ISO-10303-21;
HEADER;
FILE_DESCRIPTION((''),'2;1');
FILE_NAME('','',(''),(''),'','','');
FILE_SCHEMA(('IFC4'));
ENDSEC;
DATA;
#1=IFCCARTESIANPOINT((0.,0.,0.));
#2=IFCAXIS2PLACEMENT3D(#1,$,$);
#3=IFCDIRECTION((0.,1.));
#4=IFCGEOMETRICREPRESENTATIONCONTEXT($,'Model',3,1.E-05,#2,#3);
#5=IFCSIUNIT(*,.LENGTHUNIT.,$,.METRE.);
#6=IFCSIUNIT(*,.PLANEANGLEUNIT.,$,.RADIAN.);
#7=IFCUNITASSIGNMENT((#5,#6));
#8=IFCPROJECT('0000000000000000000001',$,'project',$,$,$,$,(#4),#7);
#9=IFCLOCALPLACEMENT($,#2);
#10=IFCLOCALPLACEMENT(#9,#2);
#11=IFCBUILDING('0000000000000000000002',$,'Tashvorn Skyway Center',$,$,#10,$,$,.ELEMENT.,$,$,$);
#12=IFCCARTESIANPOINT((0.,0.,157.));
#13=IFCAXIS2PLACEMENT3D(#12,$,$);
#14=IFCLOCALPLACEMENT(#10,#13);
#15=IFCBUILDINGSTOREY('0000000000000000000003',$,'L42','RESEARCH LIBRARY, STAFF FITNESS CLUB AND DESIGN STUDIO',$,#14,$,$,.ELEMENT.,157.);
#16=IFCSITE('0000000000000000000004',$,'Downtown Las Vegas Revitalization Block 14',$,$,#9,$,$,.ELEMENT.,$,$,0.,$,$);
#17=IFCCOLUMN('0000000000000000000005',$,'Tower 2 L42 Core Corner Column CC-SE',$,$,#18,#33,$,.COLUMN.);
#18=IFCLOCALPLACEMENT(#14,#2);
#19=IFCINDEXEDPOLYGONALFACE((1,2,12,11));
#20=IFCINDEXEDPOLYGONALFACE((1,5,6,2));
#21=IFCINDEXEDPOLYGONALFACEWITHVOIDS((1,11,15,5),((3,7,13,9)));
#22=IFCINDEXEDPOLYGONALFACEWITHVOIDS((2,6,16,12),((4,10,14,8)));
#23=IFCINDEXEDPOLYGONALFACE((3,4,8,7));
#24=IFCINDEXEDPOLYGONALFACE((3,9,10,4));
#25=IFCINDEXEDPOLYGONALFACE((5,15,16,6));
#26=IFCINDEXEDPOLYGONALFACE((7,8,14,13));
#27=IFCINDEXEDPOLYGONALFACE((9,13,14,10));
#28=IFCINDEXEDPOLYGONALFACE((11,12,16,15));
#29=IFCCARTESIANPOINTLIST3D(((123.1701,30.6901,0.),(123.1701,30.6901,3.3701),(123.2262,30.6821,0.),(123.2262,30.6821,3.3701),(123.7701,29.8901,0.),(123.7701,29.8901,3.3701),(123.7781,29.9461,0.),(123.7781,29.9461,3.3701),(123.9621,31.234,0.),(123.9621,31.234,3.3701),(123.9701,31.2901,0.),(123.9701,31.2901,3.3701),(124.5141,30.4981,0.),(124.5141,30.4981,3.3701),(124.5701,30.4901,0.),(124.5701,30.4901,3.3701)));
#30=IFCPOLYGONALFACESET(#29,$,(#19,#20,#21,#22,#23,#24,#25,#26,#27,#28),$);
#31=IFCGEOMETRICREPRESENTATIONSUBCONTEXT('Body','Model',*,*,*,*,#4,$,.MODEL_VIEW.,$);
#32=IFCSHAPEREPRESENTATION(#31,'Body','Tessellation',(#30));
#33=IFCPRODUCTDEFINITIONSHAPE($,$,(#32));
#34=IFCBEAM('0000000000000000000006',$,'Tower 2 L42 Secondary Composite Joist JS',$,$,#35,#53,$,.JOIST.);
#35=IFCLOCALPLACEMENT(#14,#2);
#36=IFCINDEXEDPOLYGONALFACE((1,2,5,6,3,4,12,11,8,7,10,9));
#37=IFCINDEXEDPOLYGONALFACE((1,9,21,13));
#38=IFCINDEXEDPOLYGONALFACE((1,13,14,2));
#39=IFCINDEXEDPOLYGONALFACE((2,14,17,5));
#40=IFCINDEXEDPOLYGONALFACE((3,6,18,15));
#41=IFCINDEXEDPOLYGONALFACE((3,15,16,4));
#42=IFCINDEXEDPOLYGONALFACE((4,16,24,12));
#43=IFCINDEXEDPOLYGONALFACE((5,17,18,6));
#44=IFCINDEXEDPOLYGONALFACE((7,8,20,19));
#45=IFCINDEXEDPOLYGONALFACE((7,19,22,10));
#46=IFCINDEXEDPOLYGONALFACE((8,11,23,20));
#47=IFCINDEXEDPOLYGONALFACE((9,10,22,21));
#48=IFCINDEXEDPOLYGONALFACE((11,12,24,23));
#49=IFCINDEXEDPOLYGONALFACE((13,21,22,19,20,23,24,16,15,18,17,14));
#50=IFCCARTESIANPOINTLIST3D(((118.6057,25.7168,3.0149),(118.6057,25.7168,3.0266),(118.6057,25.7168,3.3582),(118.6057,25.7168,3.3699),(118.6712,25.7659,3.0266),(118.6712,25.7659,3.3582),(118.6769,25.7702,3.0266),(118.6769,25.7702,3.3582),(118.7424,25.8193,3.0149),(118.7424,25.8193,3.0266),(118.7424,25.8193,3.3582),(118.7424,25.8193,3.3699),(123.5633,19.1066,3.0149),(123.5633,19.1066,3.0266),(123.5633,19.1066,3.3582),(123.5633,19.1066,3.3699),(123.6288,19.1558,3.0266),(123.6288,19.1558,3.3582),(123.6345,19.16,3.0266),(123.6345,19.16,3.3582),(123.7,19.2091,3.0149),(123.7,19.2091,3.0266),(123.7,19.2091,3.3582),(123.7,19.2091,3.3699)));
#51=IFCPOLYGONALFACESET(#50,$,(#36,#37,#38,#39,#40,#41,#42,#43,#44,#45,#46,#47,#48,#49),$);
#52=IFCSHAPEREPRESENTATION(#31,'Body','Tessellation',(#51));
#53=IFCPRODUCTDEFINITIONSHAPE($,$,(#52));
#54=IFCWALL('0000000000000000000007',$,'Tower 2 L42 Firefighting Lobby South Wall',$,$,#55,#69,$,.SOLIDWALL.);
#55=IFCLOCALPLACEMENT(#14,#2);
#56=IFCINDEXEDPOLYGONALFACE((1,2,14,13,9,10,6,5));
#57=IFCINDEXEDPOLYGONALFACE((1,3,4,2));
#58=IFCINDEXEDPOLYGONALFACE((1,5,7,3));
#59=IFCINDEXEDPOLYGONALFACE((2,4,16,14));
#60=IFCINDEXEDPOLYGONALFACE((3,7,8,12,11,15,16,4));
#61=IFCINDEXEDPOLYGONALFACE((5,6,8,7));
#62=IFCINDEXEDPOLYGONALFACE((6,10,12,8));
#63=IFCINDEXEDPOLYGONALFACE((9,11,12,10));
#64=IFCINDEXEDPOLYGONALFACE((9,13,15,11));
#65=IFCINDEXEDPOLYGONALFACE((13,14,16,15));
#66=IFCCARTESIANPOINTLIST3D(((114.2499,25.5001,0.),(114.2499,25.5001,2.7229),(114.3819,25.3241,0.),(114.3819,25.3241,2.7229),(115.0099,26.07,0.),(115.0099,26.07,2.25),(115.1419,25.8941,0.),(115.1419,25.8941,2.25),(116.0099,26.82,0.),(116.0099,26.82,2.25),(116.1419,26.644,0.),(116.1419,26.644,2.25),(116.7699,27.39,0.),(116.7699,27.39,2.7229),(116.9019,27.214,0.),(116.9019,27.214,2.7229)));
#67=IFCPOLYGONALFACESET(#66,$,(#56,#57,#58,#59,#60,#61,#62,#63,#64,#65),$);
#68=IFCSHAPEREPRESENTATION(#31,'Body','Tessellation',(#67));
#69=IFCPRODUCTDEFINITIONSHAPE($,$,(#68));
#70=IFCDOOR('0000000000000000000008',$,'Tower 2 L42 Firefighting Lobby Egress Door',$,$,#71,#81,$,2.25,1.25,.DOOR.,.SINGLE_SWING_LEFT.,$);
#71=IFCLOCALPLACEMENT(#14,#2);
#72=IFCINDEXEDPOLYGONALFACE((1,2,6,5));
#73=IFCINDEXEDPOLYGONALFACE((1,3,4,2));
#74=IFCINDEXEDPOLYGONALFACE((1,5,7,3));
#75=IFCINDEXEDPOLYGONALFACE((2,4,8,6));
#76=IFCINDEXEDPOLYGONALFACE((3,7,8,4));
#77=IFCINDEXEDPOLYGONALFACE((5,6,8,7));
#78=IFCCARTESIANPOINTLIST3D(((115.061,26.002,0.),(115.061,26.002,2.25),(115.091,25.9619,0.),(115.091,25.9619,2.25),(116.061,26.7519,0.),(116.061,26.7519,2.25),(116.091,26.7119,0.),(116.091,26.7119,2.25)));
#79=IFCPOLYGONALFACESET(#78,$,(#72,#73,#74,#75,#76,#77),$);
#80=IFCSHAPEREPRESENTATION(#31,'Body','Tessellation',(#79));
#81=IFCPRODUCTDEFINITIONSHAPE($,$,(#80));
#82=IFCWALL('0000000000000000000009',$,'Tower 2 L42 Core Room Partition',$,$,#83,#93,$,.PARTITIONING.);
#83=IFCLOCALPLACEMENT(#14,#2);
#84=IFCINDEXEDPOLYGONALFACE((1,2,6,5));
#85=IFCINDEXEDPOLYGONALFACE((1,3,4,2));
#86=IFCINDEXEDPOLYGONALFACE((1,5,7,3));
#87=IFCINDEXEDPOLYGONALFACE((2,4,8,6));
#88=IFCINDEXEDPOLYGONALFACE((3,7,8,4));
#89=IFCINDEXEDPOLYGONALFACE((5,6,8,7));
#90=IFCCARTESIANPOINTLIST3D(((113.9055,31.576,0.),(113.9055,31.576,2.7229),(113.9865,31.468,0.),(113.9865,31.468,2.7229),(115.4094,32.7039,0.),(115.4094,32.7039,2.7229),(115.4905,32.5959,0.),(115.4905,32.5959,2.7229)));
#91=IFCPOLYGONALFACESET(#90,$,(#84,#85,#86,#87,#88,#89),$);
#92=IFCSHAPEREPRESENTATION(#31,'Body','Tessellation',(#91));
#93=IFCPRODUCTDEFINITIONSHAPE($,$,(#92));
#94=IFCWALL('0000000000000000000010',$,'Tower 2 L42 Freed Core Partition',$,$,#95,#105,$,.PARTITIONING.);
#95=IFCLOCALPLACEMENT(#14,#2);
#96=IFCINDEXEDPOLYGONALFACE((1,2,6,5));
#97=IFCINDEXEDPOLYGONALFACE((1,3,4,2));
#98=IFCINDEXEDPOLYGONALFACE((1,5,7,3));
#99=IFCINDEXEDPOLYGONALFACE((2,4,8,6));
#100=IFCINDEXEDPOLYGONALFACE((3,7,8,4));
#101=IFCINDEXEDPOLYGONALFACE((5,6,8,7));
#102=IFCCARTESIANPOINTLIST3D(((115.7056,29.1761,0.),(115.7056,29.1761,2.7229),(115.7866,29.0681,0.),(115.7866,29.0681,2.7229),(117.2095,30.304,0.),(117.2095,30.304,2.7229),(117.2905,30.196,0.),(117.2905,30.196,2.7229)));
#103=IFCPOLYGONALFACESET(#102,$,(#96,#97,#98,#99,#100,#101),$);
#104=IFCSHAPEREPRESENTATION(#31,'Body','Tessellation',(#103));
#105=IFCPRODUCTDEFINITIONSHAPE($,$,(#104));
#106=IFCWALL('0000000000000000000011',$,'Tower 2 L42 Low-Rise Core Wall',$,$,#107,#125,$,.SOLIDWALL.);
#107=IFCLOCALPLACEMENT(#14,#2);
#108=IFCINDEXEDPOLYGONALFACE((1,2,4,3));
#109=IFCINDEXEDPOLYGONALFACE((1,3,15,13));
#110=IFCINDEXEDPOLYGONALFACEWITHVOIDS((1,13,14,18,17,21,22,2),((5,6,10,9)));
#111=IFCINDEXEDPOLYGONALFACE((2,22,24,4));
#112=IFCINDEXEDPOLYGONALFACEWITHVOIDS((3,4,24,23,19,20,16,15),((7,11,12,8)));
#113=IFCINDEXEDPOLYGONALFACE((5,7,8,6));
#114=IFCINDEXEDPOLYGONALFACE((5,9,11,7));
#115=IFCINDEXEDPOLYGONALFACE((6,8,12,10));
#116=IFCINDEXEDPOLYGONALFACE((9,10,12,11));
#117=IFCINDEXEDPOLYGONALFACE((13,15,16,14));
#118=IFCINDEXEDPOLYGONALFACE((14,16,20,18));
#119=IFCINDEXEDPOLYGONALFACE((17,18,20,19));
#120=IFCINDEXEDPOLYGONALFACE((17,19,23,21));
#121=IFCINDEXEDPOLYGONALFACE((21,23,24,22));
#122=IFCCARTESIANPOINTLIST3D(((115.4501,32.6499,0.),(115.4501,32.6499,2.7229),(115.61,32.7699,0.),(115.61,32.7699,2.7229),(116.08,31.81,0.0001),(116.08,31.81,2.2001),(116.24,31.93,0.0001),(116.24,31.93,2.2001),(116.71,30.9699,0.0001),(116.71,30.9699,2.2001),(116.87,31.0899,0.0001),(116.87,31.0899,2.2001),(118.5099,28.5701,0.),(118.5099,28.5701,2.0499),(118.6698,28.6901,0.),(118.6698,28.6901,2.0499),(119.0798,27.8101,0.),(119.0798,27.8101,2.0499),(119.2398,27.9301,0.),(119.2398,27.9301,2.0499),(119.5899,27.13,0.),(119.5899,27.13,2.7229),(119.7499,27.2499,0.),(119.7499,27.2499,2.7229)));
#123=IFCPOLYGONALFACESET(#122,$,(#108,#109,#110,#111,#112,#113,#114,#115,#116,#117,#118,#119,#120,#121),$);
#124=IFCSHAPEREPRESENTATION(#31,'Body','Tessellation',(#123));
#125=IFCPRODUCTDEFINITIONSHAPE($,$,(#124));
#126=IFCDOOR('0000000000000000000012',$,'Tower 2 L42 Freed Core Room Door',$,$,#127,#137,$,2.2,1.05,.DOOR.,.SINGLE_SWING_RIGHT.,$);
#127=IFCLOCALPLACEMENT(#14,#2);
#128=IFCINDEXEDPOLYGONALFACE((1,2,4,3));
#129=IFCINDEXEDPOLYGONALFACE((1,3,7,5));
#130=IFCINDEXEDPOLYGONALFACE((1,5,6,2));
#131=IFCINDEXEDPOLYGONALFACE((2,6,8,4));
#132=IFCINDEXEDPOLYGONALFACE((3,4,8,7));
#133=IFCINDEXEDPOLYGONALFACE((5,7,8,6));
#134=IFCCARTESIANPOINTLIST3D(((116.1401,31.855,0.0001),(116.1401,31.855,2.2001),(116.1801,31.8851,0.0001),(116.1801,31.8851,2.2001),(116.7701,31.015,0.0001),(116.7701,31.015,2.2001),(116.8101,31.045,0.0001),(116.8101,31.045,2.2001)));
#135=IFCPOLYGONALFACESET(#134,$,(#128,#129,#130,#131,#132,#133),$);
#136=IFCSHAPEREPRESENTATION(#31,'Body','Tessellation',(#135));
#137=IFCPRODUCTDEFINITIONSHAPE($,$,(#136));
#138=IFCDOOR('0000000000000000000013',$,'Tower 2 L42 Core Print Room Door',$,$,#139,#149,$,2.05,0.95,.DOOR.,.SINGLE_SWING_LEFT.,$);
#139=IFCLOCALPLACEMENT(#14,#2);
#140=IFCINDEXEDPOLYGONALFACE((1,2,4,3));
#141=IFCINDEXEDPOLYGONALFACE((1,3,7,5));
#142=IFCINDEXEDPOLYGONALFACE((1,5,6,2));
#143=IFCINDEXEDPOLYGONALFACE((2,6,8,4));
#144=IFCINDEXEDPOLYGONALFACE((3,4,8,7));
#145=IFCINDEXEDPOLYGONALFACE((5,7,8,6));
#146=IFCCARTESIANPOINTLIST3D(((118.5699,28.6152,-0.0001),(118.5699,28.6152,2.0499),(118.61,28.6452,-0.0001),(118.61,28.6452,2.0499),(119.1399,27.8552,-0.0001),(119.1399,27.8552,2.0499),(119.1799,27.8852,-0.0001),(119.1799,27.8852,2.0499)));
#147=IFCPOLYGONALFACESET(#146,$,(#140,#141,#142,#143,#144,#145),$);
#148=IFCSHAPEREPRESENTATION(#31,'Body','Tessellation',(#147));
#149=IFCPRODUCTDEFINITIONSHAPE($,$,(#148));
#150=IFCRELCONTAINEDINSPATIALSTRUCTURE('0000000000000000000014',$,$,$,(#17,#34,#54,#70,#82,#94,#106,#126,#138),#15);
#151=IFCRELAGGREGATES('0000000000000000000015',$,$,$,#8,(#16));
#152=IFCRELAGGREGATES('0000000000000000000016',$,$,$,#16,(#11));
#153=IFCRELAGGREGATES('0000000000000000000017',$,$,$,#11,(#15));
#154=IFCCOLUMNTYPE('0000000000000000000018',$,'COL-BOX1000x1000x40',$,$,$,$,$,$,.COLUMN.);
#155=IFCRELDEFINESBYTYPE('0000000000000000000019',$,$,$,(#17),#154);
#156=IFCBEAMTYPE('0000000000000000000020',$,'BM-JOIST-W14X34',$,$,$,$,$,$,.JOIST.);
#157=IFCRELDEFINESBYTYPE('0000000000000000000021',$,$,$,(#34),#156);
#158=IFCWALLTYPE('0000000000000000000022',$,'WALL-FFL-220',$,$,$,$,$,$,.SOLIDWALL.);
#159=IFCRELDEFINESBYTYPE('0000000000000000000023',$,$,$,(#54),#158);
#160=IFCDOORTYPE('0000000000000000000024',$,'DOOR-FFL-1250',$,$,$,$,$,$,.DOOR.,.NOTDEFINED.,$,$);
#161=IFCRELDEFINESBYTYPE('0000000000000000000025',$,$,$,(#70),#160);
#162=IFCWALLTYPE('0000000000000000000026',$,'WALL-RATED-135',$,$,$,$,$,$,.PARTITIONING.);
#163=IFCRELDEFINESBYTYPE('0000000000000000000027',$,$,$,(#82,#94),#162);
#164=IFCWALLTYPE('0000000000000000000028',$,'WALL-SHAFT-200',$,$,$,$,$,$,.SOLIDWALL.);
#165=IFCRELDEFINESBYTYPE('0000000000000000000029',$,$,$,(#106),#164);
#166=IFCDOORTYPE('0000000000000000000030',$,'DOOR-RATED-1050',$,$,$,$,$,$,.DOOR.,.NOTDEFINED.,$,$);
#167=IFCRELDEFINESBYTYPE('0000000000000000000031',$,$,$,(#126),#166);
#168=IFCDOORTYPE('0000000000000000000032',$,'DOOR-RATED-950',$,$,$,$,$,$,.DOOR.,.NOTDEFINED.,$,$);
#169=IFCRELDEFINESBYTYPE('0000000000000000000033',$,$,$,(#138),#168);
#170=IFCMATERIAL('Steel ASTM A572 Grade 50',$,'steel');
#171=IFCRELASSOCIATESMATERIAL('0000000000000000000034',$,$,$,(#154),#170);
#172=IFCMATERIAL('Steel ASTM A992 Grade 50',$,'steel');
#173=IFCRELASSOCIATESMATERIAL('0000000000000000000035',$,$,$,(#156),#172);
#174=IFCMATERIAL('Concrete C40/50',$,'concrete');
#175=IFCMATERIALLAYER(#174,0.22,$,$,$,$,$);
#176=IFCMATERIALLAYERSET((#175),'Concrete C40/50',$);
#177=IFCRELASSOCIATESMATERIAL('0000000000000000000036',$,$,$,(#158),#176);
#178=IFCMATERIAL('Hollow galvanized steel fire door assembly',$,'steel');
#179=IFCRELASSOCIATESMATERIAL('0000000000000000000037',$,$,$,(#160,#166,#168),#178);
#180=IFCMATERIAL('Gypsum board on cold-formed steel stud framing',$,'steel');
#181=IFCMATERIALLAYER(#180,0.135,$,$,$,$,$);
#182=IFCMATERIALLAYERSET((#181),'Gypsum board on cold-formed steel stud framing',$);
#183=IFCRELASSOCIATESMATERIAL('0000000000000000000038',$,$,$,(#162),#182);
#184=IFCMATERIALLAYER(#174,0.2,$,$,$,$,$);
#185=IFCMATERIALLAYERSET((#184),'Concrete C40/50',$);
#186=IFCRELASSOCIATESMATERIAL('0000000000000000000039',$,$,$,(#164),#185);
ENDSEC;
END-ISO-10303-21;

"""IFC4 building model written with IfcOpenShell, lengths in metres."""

from ifc_helpers import new_model, si_unit, direction, frame, frame_2d, origin, origin_2d, place, context, subcontext, project, spatial, rectangle, hollow_rectangle, i_section, extrude, material, layer, layer_set, material_profile, profile_set, type_object, element, fill, save


model = new_model("IFC4")

# Units and contexts
model_context = context("Model", 3, precision=1e-05, world=origin(), true_north=direction((0.0, 1.0)))
body_context = subcontext(model_context, "Body", "Model", "MODEL_VIEW")
ifc_project = project(units=[si_unit("LENGTHUNIT", "METRE"), si_unit("PLANEANGLEUNIT", "RADIAN")], contexts=[model_context])

# Site, building, storey
site_placement = place(None, origin())
site = spatial("IfcSite", under=ifc_project, at=site_placement, Name="Downtown Las Vegas Revitalization Block 14", CompositionType="ELEMENT", RefElevation=0.0)
building_placement = place(site_placement, origin())
building = spatial("IfcBuilding", under=site, at=building_placement, Name="Tashvorn Skyway Center", CompositionType="ELEMENT")
storey_placement = place(building_placement, frame((0.0, 0.0, 157.0)))
storey = spatial("IfcBuildingStorey", under=building, at=storey_placement, Name="L42", Description="RESEARCH LIBRARY, STAFF FITNESS CLUB AND DESIGN STUDIO", CompositionType="ELEMENT", Elevation=157.0)

# Column
ifc_material_1 = material(Name="Steel ASTM A572 Grade 50", Category="steel")
ifc_material_profile_1 = material_profile(ifc_material_1, hollow_rectangle(XDim=1.0, YDim=1.0, WallThickness=0.04, at=origin_2d()), Name="BOX1000x1000x40")
ifc_profile_set_1 = profile_set([ifc_material_profile_1], Name="Steel ASTM A572 Grade 50")
column_type = type_object("IfcColumnType", Name="COL-BOX1000x1000x40", PredefinedType="COLUMN", material=ifc_profile_set_1)
column_placement = place(storey_placement, frame((123.8701, 30.5901, 0.0), z_axis=(0.0, 0.0, 1.0), x_axis=(0.8, 0.6, 0.0)))
element("IfcColumn", 1, at=column_placement, inside=storey, type_object=column_type, Name="Tower 2 L42 Core Corner Column CC-SE", PredefinedType="COLUMN", context=body_context, shape_type="SweptSolid", body=[
    extrude(hollow_rectangle(XDim=1.0, YDim=1.0, WallThickness=0.04, at=origin_2d()), origin(), (0.0, 0.0, 1.0), 3.3701),
])

# Beam
ifc_material_2 = material(Name="Steel ASTM A992 Grade 50", Category="steel")
ifc_material_profile_2 = material_profile(ifc_material_2, i_section(OverallWidth=0.1709, OverallDepth=0.355, WebThickness=0.0071, FlangeThickness=0.0117, at=origin_2d()), Name="W14X34")
ifc_profile_set_2 = profile_set([ifc_material_profile_2], Name="Steel ASTM A992 Grade 50")
beam_type = type_object("IfcBeamType", Name="BM-JOIST-W14X34", PredefinedType="JOIST", material=ifc_profile_set_2)
beam_placement = place(storey_placement, frame((118.6741, 25.7681, 3.1924), z_axis=(0.599995, -0.800004, 0.0), x_axis=(0.800004, 0.599995, 0.0)))
element("IfcBeam", 2, at=beam_placement, inside=storey, type_object=beam_type, Name="Tower 2 L42 Secondary Composite Joist JS", PredefinedType="JOIST", context=body_context, shape_type="SweptSolid", body=[
    extrude(i_section(OverallWidth=0.1709, OverallDepth=0.355, WebThickness=0.0071, FlangeThickness=0.0117, at=origin_2d()), origin(), (0.0, 0.0, 1.0), 8.2627),
])

# Wall, opening, door
ifc_material_3 = material(Name="Concrete C40/50", Category="concrete")
ifc_layer_1 = layer(ifc_material_3, 0.22)
ifc_layer_set_1 = layer_set([ifc_layer_1], Name="Concrete C40/50")
wall_type_1 = type_object("IfcWallType", Name="WALL-FFL-220", PredefinedType="SOLIDWALL", material=ifc_layer_set_1)
wall_1_placement = place(storey_placement, frame((114.3159, 25.4121, 0.0), z_axis=(0.0, 0.0, 1.0), x_axis=(0.800019, 0.599975, 0.0)))
wall_1 = element("IfcWall", 3, at=wall_1_placement, inside=storey, type_object=wall_type_1, Name="Tower 2 L42 Firefighting Lobby South Wall", PredefinedType="SOLIDWALL", context=body_context, shape_type="SweptSolid", body=[
    extrude(rectangle(XDim=3.1499, YDim=0.22, at=frame_2d((1.575, 0.0))), origin(), (0.0, 0.0, 1.0), 2.7229),
])
opening_1_placement = place(wall_1_placement, frame((0.95, 0.0, 0.0)))
opening_1 = element("IfcOpeningElement", 4, at=opening_1_placement, cuts=wall_1, PredefinedType="OPENING", context=body_context, shape_type="SweptSolid", body=[
    extrude(rectangle(XDim=1.25, YDim=2.25, at=frame_2d((0.625, 1.125))), frame((0.0, 0.1199, 0.0), z_axis=(0.0, -1.0, 0.0), x_axis=(1.0, 0.0, 0.0)), (0.0, 0.0, 1.0), 0.24),
])
ifc_material_4 = material(Name="Hollow galvanized steel fire door assembly", Category="steel")
door_type_1 = type_object("IfcDoorType", Name="DOOR-FFL-1250", OperationType="NOTDEFINED", PredefinedType="DOOR", material=ifc_material_4)
door_1_placement = place(opening_1_placement, origin())
door_1 = element("IfcDoor", 5, at=door_1_placement, inside=storey, type_object=door_type_1, Name="Tower 2 L42 Firefighting Lobby Egress Door", OperationType="SINGLE_SWING_LEFT", OverallHeight=2.25, OverallWidth=1.25, PredefinedType="DOOR", context=body_context, shape_type="SweptSolid", body=[
    extrude(rectangle(XDim=1.25, YDim=2.25, at=frame_2d((0.625, 1.125))), frame((0.0, 0.0249, 0.0), z_axis=(0.0, -1.0, 0.0), x_axis=(1.0, 0.0, 0.0)), (0.0, 0.0, 1.0), 0.05),
])
fill(opening_1, door_1)

# Walls
ifc_material_5 = material(Name="Gypsum board on cold-formed steel stud framing", Category="steel")
ifc_layer_2 = layer(ifc_material_5, 0.135)
ifc_layer_set_2 = layer_set([ifc_layer_2], Name="Gypsum board on cold-formed steel stud framing")
wall_type_2 = type_object("IfcWallType", Name="WALL-RATED-135", PredefinedType="PARTITIONING", material=ifc_layer_set_2)
for number, where, z_axis, x_axis, name in (
    (6, (113.946, 31.522, 0.0), (0.0, 0.0, 1.0), (0.8, 0.6, 0.0), "Tower 2 L42 Core Room Partition"),
    (7, (115.7461, 29.1221, 0.0), (0.0, 0.0, 1.0), (0.8, 0.6, 0.0), "Tower 2 L42 Freed Core Partition"),
):
    element("IfcWall", number, at=place(storey_placement, frame(where, z_axis=z_axis, x_axis=x_axis)), inside=storey, type_object=wall_type_2, Name=name, PredefinedType="PARTITIONING", context=body_context, shape_type="SweptSolid", body=[
        extrude(rectangle(XDim=1.8799, YDim=0.135, at=frame_2d((0.9399, 0.0))), origin(), (0.0, 0.0, 1.0), 2.7229),
    ])

# Wall, openings, doors
ifc_layer_3 = layer(ifc_material_3, 0.2)
ifc_layer_set_3 = layer_set([ifc_layer_3], Name="Concrete C40/50")
wall_type_3 = type_object("IfcWallType", Name="WALL-SHAFT-200", PredefinedType="SOLIDWALL", material=ifc_layer_set_3)
wall_2_placement = place(storey_placement, frame((119.6699, 27.1899, 0.0), z_axis=(0.0, 0.0, 1.0), x_axis=(-0.599989, 0.800008, 0.0)))
wall_2 = element("IfcWall", 8, at=wall_2_placement, inside=storey, type_object=wall_type_3, Name="Tower 2 L42 Low-Rise Core Wall", PredefinedType="SOLIDWALL", context=body_context, shape_type="SweptSolid", body=[
    extrude(rectangle(XDim=6.8999, YDim=0.2, at=frame_2d((3.45, 0.0))), origin(), (0.0, 0.0, 1.0), 2.7229),
])
opening_2_placement = place(wall_2_placement, frame((0.8501, 0.0, 0.0)))
opening_2 = element("IfcOpeningElement", 9, at=opening_2_placement, cuts=wall_2, PredefinedType="OPENING", context=body_context, shape_type="SweptSolid", body=[
    extrude(rectangle(XDim=0.95, YDim=2.05, at=frame_2d((0.4751, 1.0249))), frame((0.0, 0.1099, 0.0), z_axis=(0.0, -1.0, 0.0), x_axis=(1.0, 0.0, 0.0)), (0.0, 0.0, 1.0), 0.22),
])
opening_3_placement = place(wall_2_placement, frame((4.8, 0.0, 0.0)))
opening_3 = element("IfcOpeningElement", 10, at=opening_3_placement, cuts=wall_2, PredefinedType="OPENING", context=body_context, shape_type="SweptSolid", body=[
    extrude(rectangle(XDim=1.05, YDim=2.2, at=frame_2d((0.5249, 1.1001))), frame((0.0, 0.1099, 0.0), z_axis=(0.0, -1.0, 0.0), x_axis=(1.0, 0.0, 0.0)), (0.0, 0.0, 1.0), 0.22),
])
door_type_2 = type_object("IfcDoorType", Name="DOOR-RATED-1050", OperationType="NOTDEFINED", PredefinedType="DOOR", material=ifc_material_4)
door_2_placement = place(opening_3_placement, origin())
door_2 = element("IfcDoor", 11, at=door_2_placement, inside=storey, type_object=door_type_2, Name="Tower 2 L42 Freed Core Room Door", OperationType="SINGLE_SWING_RIGHT", OverallHeight=2.2, OverallWidth=1.05, PredefinedType="DOOR", context=body_context, shape_type="SweptSolid", body=[
    extrude(rectangle(XDim=1.05, YDim=2.2, at=frame_2d((0.5249, 1.1001))), frame((0.0, 0.0249, 0.0), z_axis=(0.0, -1.0, 0.0), x_axis=(1.0, 0.0, 0.0)), (0.0, 0.0, 1.0), 0.05),
])
fill(opening_3, door_2)
door_type_3 = type_object("IfcDoorType", Name="DOOR-RATED-950", OperationType="NOTDEFINED", PredefinedType="DOOR", material=ifc_material_4)
door_3_placement = place(opening_2_placement, origin())
door_3 = element("IfcDoor", 12, at=door_3_placement, inside=storey, type_object=door_type_3, Name="Tower 2 L42 Core Print Room Door", OperationType="SINGLE_SWING_LEFT", OverallHeight=2.05, OverallWidth=0.95, PredefinedType="DOOR", context=body_context, shape_type="SweptSolid", body=[
    extrude(rectangle(XDim=0.95, YDim=2.05, at=frame_2d((0.4751, 1.0249))), frame((0.0, 0.0249, 0.0), z_axis=(0.0, -1.0, 0.0), x_axis=(1.0, 0.0, 0.0)), (0.0, 0.0, 1.0), 0.05),
])
fill(opening_2, door_3)

save(model, "model.ifc")
